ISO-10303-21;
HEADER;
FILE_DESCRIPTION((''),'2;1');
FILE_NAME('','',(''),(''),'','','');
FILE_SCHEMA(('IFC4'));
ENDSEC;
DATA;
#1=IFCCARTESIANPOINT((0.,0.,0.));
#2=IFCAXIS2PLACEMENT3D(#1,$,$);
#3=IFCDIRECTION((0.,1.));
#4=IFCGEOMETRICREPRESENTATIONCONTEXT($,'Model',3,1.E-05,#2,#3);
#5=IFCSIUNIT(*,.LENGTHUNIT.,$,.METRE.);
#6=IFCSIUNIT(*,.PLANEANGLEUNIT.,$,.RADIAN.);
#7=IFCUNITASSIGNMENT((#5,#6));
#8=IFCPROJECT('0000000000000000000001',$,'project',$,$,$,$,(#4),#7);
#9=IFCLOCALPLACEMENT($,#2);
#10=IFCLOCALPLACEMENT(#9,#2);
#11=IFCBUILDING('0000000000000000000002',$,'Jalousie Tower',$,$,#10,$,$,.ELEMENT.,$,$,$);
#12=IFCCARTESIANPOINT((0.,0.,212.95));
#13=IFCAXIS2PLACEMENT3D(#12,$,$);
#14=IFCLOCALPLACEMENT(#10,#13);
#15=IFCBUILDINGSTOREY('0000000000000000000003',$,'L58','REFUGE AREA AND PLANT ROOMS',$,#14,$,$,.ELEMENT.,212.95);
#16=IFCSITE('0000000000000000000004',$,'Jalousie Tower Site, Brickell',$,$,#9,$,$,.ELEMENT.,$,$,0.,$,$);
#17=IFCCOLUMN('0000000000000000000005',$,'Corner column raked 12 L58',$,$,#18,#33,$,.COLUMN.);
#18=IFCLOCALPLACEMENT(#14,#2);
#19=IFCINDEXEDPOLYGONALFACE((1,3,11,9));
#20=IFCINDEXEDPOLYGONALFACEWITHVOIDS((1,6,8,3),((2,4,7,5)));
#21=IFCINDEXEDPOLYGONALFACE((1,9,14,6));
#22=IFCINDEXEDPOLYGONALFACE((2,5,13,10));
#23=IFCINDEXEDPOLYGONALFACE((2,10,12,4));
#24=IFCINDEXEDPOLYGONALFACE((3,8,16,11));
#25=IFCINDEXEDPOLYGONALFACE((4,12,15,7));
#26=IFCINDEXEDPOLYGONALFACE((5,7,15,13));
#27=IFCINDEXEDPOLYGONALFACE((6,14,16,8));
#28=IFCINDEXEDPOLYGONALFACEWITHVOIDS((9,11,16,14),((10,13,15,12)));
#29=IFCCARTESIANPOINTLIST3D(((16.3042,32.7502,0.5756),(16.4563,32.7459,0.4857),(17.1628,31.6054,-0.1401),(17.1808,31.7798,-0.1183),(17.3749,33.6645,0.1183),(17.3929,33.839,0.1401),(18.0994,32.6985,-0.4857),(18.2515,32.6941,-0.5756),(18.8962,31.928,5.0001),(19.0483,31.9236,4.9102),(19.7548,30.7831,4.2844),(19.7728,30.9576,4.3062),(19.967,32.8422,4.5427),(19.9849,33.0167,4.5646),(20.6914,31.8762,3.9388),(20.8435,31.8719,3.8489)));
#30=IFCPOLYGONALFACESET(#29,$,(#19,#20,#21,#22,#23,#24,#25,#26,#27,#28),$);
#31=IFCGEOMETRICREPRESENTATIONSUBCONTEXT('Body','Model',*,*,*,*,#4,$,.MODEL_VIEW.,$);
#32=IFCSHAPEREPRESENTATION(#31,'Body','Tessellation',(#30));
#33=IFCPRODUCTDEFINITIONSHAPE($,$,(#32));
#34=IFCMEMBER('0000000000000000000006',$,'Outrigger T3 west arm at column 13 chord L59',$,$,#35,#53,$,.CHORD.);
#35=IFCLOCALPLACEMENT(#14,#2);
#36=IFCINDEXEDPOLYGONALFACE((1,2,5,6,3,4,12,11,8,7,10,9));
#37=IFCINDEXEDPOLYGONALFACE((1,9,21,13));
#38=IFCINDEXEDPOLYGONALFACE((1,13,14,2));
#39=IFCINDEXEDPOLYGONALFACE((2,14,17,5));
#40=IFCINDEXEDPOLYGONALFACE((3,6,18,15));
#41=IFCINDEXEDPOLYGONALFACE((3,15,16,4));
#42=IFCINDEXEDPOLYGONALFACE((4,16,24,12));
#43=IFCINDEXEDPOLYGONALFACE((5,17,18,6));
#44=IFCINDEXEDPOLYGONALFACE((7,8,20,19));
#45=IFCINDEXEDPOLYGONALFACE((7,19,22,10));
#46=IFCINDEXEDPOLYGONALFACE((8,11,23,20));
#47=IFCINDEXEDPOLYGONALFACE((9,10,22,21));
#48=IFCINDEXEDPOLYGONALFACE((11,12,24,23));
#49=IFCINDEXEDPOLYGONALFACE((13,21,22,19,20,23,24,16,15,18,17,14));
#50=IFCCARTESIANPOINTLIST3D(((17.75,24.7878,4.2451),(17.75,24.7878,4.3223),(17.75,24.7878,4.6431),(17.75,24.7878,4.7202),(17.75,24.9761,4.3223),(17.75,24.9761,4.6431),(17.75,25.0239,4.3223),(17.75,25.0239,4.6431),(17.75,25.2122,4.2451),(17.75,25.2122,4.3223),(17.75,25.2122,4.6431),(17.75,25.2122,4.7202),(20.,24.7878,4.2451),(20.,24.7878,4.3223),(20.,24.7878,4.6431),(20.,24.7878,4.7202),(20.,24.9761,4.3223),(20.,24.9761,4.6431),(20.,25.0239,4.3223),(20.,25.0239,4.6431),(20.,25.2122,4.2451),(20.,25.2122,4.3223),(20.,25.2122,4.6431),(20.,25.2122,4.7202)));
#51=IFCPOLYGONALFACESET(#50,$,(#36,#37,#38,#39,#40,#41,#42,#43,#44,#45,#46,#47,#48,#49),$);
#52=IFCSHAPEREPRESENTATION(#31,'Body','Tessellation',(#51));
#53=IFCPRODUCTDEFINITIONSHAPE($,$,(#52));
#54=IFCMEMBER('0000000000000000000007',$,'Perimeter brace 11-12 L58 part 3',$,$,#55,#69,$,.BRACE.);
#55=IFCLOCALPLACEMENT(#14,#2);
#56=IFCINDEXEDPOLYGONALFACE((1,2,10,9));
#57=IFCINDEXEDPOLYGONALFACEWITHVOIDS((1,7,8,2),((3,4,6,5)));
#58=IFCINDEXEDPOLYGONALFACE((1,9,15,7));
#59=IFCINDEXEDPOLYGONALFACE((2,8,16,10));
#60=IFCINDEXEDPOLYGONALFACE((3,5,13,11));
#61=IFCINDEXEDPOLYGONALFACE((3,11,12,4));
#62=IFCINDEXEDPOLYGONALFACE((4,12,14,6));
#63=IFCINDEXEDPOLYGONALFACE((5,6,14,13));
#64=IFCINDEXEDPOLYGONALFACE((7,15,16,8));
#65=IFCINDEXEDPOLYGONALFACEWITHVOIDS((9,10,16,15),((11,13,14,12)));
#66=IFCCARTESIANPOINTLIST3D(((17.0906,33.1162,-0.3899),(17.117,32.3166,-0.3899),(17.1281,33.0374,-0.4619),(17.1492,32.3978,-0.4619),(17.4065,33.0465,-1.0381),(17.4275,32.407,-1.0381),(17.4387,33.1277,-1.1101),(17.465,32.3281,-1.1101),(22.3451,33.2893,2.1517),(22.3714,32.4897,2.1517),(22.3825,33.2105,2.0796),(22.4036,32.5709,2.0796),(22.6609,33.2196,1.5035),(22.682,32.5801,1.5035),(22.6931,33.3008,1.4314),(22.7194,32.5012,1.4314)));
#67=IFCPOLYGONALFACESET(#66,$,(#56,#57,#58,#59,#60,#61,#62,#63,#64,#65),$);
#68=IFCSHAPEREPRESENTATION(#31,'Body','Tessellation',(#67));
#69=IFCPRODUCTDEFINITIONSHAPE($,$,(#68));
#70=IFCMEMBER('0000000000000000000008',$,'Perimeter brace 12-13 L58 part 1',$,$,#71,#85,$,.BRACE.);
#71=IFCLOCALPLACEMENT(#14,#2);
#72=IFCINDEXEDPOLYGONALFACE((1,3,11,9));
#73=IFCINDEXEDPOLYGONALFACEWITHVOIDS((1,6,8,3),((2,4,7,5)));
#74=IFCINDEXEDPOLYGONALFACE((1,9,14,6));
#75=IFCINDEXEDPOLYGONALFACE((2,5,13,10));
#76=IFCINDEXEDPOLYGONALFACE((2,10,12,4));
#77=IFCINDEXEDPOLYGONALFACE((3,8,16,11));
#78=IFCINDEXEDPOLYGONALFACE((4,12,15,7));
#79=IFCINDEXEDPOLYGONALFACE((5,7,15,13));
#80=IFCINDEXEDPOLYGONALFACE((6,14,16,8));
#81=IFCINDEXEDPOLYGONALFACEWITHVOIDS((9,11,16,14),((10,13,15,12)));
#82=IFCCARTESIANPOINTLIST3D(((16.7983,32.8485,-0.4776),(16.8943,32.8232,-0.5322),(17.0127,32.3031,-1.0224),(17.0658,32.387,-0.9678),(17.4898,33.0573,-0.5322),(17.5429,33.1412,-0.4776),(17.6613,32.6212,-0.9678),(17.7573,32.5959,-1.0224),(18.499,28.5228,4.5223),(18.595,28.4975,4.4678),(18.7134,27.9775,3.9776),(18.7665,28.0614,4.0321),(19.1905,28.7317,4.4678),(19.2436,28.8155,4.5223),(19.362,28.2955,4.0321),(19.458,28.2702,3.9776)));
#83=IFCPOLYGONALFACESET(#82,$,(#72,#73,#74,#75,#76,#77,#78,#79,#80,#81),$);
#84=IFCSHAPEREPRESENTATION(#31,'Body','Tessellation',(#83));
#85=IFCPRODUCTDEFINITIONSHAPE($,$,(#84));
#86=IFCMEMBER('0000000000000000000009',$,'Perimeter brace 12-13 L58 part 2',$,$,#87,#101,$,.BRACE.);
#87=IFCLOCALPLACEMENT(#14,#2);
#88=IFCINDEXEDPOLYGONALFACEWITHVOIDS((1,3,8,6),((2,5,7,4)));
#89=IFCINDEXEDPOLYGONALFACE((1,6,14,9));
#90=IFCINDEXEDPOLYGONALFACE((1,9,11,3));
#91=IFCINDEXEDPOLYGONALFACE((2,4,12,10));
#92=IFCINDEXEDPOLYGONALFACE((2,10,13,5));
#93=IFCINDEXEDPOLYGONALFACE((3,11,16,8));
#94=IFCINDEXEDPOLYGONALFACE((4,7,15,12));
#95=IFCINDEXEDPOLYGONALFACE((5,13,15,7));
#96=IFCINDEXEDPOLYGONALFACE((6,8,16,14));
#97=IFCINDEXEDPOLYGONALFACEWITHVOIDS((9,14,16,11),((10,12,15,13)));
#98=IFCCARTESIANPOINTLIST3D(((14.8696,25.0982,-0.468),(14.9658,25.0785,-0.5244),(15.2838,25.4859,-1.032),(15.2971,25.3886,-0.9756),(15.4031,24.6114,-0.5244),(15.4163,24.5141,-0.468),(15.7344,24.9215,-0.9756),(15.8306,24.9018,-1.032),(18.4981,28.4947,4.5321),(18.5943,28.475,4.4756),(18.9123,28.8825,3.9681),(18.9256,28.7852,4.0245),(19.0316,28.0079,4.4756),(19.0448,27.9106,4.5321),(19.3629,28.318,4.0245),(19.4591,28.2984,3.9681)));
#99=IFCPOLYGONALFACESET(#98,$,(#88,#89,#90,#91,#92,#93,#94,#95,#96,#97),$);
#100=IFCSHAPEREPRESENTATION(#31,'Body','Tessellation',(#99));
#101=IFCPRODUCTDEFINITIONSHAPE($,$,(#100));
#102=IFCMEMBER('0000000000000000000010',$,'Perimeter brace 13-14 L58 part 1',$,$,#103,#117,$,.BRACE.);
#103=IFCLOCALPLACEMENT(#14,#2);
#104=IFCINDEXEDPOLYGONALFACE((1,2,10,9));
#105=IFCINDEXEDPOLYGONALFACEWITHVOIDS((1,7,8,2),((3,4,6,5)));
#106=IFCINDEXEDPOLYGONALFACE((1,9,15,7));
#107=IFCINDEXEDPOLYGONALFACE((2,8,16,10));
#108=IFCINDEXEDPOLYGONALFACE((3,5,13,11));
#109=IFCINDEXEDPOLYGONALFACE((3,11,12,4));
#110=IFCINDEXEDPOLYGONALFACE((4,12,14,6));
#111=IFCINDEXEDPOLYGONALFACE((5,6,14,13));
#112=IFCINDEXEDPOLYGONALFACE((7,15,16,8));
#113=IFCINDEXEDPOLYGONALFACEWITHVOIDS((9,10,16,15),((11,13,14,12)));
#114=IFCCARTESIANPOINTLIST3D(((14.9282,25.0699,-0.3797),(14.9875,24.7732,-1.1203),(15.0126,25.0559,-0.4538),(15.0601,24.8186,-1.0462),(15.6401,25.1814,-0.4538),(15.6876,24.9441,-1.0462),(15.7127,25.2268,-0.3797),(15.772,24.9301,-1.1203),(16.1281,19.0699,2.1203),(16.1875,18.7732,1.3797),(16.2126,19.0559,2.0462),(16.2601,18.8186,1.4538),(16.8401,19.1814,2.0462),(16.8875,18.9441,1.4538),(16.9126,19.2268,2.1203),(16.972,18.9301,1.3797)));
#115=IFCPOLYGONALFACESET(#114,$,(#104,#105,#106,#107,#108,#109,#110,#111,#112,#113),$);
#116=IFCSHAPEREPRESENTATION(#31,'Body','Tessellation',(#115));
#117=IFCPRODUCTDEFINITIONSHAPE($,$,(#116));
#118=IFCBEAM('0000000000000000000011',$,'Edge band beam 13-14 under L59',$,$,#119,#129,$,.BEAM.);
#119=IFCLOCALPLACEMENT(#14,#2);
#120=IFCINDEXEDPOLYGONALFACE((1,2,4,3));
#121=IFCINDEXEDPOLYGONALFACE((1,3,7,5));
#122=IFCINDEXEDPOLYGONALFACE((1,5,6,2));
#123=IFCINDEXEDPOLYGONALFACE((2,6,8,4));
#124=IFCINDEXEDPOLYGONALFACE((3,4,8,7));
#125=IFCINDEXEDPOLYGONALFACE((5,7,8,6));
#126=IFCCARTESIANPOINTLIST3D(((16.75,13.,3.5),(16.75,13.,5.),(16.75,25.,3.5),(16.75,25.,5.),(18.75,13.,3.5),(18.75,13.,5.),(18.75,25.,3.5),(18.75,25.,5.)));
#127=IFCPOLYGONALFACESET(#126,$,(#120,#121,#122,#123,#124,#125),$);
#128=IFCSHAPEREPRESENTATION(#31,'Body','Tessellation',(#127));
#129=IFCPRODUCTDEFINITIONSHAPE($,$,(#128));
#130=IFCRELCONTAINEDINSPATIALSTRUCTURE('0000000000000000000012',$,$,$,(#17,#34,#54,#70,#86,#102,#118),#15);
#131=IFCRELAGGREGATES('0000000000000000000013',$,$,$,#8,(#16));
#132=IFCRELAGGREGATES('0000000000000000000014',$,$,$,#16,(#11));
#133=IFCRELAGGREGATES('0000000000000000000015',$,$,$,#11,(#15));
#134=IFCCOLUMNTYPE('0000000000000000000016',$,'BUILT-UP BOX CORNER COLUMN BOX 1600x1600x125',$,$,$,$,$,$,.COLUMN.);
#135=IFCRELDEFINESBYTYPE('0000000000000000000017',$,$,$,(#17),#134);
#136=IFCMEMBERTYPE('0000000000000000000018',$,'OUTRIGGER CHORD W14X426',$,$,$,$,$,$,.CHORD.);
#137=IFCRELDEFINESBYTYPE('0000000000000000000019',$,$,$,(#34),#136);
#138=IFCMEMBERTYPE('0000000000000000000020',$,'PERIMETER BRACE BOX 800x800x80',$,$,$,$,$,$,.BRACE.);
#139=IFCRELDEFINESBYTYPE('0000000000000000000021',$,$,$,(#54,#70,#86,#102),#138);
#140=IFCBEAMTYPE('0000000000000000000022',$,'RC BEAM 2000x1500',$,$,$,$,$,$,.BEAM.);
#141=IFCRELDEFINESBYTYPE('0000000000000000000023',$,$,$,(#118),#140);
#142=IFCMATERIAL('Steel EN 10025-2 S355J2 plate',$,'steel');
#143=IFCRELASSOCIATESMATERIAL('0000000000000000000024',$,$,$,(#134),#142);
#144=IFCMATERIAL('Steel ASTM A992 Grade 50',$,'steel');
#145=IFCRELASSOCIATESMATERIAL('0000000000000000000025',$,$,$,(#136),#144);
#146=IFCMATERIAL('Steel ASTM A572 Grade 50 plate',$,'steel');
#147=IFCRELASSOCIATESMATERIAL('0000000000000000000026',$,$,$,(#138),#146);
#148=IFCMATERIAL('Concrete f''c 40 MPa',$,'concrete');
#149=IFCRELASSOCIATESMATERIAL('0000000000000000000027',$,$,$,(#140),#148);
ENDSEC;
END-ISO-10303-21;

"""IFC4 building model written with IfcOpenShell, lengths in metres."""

from ifc_helpers import new_model, si_unit, direction, frame, origin, origin_2d, place, context, subcontext, project, spatial, rectangle, hollow_rectangle, i_section, extrude, material, material_profile, profile_set, type_object, element, save


model = new_model("IFC4")

# Units and contexts
model_context = context("Model", 3, precision=1e-05, world=origin(), true_north=direction((0.0, 1.0)))
body_context = subcontext(model_context, "Body", "Model", "MODEL_VIEW")
ifc_project = project(units=[si_unit("LENGTHUNIT", "METRE"), si_unit("PLANEANGLEUNIT", "RADIAN")], contexts=[model_context])

# Site, building, storey
site_placement = place(None, origin())
site = spatial("IfcSite", under=ifc_project, at=site_placement, Name="Jalousie Tower Site, Brickell", CompositionType="ELEMENT", RefElevation=0.0)
building_placement = place(site_placement, origin())
building = spatial("IfcBuilding", under=site, at=building_placement, Name="Jalousie Tower", CompositionType="ELEMENT")
storey_placement = place(building_placement, frame((0.0, 0.0, 212.95)))
storey = spatial("IfcBuildingStorey", under=building, at=storey_placement, Name="L58", Description="REFUGE AREA AND PLANT ROOMS", CompositionType="ELEMENT", Elevation=212.95)

# Column
ifc_material_1 = material(Name="Steel EN 10025-2 S355J2 plate", Category="steel")
ifc_material_profile_1 = material_profile(ifc_material_1, hollow_rectangle(XDim=1.6001, YDim=1.6001, WallThickness=0.125, at=origin_2d()), Name="BOX 1600x1600x125")
ifc_profile_set_1 = profile_set([ifc_material_profile_1], Name="Steel EN 10025-2 S355J2 plate")
column_type = type_object("IfcColumnType", Name="BUILT-UP BOX CORNER COLUMN BOX 1600x1600x125", PredefinedType="COLUMN", material=ifc_profile_set_1)
column_placement = place(storey_placement, frame((17.2778, 32.7222, 0.0), z_axis=(0.499108, -0.158327, 0.851953), x_axis=(0.5366, -0.71551, -0.447332)))
element("IfcColumn", 1, at=column_placement, inside=storey, type_object=column_type, Name="Corner column raked 12 L58", PredefinedType="COLUMN", context=body_context, shape_type="SweptSolid", body=[
    extrude(hollow_rectangle(XDim=1.6001, YDim=1.6001, WallThickness=0.125, at=origin_2d()), origin(), (0.0, 0.0, 1.0), 5.1934),
])

# Members
ifc_material_2 = material(Name="Steel ASTM A992 Grade 50", Category="steel")
ifc_material_profile_2 = material_profile(ifc_material_2, i_section(OverallWidth=0.4243, OverallDepth=0.4751, WebThickness=0.0479, FlangeThickness=0.0771, at=origin_2d()), Name="W14X426")
ifc_profile_set_2 = profile_set([ifc_material_profile_2], Name="Steel ASTM A992 Grade 50")
member_type_1 = type_object("IfcMemberType", Name="OUTRIGGER CHORD W14X426", PredefinedType="CHORD", material=ifc_profile_set_2)
member_1_placement = place(storey_placement, frame((17.75, 25.0, 4.4827), z_axis=(1.0, 0.0, 0.0), x_axis=(0.0, 1.0, 0.0)))
element("IfcMember", 2, at=member_1_placement, inside=storey, type_object=member_type_1, Name="Outrigger T3 west arm at column 13 chord L59", PredefinedType="CHORD", context=body_context, shape_type="SweptSolid", body=[
    extrude(i_section(OverallWidth=0.4243, OverallDepth=0.4751, WebThickness=0.0479, FlangeThickness=0.0771, at=origin_2d()), origin(), (0.0, 0.0, 1.0), 2.25),
])
ifc_material_3 = material(Name="Steel ASTM A572 Grade 50 plate", Category="steel")
ifc_material_profile_3 = material_profile(ifc_material_3, hollow_rectangle(XDim=0.8, YDim=0.8, WallThickness=0.0801, at=origin_2d()), Name="BOX 800x800x80")
ifc_profile_set_3 = profile_set([ifc_material_profile_3], Name="Steel ASTM A572 Grade 50 plate")
member_type_2 = type_object("IfcMemberType", Name="PERIMETER BRACE BOX 800x800x80", PredefinedType="BRACE", material=ifc_profile_set_3)
member_2_placement = place(storey_placement, frame((17.2778, 32.7222, -0.75), z_axis=(0.899827, 0.029643, 0.435238), x_axis=(-0.032925, 0.999458, 0.0)))
element("IfcMember", 3, at=member_2_placement, inside=storey, type_object=member_type_2, Name="Perimeter brace 11-12 L58 part 3", PredefinedType="BRACE", context=body_context, shape_type="SweptSolid", body=[
    extrude(hollow_rectangle(XDim=0.8, YDim=0.8, WallThickness=0.0801, at=origin_2d()), origin(), (0.0, 0.0, 1.0), 5.8394),
])
member_3_placement = place(storey_placement, frame((17.2778, 32.7222, -0.75), z_axis=(0.249122, -0.633642, 0.732418), x_axis=(0.930656, 0.365896, 0.0)))
element("IfcMember", 4, at=member_3_placement, inside=storey, type_object=member_type_2, Name="Perimeter brace 12-13 L58 part 1", PredefinedType="BRACE", context=body_context, shape_type="SweptSolid", body=[
    extrude(hollow_rectangle(XDim=0.8, YDim=0.8, WallThickness=0.0801, at=origin_2d()), origin(), (0.0, 0.0, 1.0), 6.8267),
])
member_4_placement = place(storey_placement, frame((15.3501, 25.0, -0.75), z_axis=(0.514674, 0.481776, 0.709227), x_axis=(-0.683389, 0.730055, 0.0)))
element("IfcMember", 5, at=member_4_placement, inside=storey, type_object=member_type_2, Name="Perimeter brace 12-13 L58 part 2", PredefinedType="BRACE", context=body_context, shape_type="SweptSolid", body=[
    extrude(hollow_rectangle(XDim=0.8, YDim=0.8, WallThickness=0.0801, at=origin_2d()), origin(), (0.0, 0.0, 1.0), 7.05),
])
member_5_placement = place(storey_placement, frame((15.3501, 25.0, -0.75), z_axis=(0.18154, -0.907739, 0.378224), x_axis=(0.980582, 0.196108, 0.0)))
element("IfcMember", 6, at=member_5_placement, inside=storey, type_object=member_type_2, Name="Perimeter brace 13-14 L58 part 1", PredefinedType="BRACE", context=body_context, shape_type="SweptSolid", body=[
    extrude(hollow_rectangle(XDim=0.8, YDim=0.8, WallThickness=0.0801, at=origin_2d()), origin(), (0.0, 0.0, 1.0), 6.6099),
])

# Beam
ifc_material_4 = material(Name="Concrete f'c 40 MPa", Category="concrete")
ifc_material_profile_4 = material_profile(ifc_material_4, rectangle(XDim=2.0, YDim=1.5, at=origin_2d()), Name="RC 2000x1500")
ifc_profile_set_4 = profile_set([ifc_material_profile_4], Name="Concrete f'c 40 MPa")
beam_type = type_object("IfcBeamType", Name="RC BEAM 2000x1500", PredefinedType="BEAM", material=ifc_profile_set_4)
beam_placement = place(storey_placement, frame((17.75, 25.0, 4.25), z_axis=(0.0, -1.0, 0.0), x_axis=(1.0, 0.0, 0.0)))
element("IfcBeam", 7, at=beam_placement, inside=storey, type_object=beam_type, Name="Edge band beam 13-14 under L59", PredefinedType="BEAM", context=body_context, shape_type="SweptSolid", body=[
    extrude(rectangle(XDim=2.0, YDim=1.5, at=origin_2d()), origin(), (0.0, 0.0, 1.0), 12.0),
])

save(model, "model.ifc")
